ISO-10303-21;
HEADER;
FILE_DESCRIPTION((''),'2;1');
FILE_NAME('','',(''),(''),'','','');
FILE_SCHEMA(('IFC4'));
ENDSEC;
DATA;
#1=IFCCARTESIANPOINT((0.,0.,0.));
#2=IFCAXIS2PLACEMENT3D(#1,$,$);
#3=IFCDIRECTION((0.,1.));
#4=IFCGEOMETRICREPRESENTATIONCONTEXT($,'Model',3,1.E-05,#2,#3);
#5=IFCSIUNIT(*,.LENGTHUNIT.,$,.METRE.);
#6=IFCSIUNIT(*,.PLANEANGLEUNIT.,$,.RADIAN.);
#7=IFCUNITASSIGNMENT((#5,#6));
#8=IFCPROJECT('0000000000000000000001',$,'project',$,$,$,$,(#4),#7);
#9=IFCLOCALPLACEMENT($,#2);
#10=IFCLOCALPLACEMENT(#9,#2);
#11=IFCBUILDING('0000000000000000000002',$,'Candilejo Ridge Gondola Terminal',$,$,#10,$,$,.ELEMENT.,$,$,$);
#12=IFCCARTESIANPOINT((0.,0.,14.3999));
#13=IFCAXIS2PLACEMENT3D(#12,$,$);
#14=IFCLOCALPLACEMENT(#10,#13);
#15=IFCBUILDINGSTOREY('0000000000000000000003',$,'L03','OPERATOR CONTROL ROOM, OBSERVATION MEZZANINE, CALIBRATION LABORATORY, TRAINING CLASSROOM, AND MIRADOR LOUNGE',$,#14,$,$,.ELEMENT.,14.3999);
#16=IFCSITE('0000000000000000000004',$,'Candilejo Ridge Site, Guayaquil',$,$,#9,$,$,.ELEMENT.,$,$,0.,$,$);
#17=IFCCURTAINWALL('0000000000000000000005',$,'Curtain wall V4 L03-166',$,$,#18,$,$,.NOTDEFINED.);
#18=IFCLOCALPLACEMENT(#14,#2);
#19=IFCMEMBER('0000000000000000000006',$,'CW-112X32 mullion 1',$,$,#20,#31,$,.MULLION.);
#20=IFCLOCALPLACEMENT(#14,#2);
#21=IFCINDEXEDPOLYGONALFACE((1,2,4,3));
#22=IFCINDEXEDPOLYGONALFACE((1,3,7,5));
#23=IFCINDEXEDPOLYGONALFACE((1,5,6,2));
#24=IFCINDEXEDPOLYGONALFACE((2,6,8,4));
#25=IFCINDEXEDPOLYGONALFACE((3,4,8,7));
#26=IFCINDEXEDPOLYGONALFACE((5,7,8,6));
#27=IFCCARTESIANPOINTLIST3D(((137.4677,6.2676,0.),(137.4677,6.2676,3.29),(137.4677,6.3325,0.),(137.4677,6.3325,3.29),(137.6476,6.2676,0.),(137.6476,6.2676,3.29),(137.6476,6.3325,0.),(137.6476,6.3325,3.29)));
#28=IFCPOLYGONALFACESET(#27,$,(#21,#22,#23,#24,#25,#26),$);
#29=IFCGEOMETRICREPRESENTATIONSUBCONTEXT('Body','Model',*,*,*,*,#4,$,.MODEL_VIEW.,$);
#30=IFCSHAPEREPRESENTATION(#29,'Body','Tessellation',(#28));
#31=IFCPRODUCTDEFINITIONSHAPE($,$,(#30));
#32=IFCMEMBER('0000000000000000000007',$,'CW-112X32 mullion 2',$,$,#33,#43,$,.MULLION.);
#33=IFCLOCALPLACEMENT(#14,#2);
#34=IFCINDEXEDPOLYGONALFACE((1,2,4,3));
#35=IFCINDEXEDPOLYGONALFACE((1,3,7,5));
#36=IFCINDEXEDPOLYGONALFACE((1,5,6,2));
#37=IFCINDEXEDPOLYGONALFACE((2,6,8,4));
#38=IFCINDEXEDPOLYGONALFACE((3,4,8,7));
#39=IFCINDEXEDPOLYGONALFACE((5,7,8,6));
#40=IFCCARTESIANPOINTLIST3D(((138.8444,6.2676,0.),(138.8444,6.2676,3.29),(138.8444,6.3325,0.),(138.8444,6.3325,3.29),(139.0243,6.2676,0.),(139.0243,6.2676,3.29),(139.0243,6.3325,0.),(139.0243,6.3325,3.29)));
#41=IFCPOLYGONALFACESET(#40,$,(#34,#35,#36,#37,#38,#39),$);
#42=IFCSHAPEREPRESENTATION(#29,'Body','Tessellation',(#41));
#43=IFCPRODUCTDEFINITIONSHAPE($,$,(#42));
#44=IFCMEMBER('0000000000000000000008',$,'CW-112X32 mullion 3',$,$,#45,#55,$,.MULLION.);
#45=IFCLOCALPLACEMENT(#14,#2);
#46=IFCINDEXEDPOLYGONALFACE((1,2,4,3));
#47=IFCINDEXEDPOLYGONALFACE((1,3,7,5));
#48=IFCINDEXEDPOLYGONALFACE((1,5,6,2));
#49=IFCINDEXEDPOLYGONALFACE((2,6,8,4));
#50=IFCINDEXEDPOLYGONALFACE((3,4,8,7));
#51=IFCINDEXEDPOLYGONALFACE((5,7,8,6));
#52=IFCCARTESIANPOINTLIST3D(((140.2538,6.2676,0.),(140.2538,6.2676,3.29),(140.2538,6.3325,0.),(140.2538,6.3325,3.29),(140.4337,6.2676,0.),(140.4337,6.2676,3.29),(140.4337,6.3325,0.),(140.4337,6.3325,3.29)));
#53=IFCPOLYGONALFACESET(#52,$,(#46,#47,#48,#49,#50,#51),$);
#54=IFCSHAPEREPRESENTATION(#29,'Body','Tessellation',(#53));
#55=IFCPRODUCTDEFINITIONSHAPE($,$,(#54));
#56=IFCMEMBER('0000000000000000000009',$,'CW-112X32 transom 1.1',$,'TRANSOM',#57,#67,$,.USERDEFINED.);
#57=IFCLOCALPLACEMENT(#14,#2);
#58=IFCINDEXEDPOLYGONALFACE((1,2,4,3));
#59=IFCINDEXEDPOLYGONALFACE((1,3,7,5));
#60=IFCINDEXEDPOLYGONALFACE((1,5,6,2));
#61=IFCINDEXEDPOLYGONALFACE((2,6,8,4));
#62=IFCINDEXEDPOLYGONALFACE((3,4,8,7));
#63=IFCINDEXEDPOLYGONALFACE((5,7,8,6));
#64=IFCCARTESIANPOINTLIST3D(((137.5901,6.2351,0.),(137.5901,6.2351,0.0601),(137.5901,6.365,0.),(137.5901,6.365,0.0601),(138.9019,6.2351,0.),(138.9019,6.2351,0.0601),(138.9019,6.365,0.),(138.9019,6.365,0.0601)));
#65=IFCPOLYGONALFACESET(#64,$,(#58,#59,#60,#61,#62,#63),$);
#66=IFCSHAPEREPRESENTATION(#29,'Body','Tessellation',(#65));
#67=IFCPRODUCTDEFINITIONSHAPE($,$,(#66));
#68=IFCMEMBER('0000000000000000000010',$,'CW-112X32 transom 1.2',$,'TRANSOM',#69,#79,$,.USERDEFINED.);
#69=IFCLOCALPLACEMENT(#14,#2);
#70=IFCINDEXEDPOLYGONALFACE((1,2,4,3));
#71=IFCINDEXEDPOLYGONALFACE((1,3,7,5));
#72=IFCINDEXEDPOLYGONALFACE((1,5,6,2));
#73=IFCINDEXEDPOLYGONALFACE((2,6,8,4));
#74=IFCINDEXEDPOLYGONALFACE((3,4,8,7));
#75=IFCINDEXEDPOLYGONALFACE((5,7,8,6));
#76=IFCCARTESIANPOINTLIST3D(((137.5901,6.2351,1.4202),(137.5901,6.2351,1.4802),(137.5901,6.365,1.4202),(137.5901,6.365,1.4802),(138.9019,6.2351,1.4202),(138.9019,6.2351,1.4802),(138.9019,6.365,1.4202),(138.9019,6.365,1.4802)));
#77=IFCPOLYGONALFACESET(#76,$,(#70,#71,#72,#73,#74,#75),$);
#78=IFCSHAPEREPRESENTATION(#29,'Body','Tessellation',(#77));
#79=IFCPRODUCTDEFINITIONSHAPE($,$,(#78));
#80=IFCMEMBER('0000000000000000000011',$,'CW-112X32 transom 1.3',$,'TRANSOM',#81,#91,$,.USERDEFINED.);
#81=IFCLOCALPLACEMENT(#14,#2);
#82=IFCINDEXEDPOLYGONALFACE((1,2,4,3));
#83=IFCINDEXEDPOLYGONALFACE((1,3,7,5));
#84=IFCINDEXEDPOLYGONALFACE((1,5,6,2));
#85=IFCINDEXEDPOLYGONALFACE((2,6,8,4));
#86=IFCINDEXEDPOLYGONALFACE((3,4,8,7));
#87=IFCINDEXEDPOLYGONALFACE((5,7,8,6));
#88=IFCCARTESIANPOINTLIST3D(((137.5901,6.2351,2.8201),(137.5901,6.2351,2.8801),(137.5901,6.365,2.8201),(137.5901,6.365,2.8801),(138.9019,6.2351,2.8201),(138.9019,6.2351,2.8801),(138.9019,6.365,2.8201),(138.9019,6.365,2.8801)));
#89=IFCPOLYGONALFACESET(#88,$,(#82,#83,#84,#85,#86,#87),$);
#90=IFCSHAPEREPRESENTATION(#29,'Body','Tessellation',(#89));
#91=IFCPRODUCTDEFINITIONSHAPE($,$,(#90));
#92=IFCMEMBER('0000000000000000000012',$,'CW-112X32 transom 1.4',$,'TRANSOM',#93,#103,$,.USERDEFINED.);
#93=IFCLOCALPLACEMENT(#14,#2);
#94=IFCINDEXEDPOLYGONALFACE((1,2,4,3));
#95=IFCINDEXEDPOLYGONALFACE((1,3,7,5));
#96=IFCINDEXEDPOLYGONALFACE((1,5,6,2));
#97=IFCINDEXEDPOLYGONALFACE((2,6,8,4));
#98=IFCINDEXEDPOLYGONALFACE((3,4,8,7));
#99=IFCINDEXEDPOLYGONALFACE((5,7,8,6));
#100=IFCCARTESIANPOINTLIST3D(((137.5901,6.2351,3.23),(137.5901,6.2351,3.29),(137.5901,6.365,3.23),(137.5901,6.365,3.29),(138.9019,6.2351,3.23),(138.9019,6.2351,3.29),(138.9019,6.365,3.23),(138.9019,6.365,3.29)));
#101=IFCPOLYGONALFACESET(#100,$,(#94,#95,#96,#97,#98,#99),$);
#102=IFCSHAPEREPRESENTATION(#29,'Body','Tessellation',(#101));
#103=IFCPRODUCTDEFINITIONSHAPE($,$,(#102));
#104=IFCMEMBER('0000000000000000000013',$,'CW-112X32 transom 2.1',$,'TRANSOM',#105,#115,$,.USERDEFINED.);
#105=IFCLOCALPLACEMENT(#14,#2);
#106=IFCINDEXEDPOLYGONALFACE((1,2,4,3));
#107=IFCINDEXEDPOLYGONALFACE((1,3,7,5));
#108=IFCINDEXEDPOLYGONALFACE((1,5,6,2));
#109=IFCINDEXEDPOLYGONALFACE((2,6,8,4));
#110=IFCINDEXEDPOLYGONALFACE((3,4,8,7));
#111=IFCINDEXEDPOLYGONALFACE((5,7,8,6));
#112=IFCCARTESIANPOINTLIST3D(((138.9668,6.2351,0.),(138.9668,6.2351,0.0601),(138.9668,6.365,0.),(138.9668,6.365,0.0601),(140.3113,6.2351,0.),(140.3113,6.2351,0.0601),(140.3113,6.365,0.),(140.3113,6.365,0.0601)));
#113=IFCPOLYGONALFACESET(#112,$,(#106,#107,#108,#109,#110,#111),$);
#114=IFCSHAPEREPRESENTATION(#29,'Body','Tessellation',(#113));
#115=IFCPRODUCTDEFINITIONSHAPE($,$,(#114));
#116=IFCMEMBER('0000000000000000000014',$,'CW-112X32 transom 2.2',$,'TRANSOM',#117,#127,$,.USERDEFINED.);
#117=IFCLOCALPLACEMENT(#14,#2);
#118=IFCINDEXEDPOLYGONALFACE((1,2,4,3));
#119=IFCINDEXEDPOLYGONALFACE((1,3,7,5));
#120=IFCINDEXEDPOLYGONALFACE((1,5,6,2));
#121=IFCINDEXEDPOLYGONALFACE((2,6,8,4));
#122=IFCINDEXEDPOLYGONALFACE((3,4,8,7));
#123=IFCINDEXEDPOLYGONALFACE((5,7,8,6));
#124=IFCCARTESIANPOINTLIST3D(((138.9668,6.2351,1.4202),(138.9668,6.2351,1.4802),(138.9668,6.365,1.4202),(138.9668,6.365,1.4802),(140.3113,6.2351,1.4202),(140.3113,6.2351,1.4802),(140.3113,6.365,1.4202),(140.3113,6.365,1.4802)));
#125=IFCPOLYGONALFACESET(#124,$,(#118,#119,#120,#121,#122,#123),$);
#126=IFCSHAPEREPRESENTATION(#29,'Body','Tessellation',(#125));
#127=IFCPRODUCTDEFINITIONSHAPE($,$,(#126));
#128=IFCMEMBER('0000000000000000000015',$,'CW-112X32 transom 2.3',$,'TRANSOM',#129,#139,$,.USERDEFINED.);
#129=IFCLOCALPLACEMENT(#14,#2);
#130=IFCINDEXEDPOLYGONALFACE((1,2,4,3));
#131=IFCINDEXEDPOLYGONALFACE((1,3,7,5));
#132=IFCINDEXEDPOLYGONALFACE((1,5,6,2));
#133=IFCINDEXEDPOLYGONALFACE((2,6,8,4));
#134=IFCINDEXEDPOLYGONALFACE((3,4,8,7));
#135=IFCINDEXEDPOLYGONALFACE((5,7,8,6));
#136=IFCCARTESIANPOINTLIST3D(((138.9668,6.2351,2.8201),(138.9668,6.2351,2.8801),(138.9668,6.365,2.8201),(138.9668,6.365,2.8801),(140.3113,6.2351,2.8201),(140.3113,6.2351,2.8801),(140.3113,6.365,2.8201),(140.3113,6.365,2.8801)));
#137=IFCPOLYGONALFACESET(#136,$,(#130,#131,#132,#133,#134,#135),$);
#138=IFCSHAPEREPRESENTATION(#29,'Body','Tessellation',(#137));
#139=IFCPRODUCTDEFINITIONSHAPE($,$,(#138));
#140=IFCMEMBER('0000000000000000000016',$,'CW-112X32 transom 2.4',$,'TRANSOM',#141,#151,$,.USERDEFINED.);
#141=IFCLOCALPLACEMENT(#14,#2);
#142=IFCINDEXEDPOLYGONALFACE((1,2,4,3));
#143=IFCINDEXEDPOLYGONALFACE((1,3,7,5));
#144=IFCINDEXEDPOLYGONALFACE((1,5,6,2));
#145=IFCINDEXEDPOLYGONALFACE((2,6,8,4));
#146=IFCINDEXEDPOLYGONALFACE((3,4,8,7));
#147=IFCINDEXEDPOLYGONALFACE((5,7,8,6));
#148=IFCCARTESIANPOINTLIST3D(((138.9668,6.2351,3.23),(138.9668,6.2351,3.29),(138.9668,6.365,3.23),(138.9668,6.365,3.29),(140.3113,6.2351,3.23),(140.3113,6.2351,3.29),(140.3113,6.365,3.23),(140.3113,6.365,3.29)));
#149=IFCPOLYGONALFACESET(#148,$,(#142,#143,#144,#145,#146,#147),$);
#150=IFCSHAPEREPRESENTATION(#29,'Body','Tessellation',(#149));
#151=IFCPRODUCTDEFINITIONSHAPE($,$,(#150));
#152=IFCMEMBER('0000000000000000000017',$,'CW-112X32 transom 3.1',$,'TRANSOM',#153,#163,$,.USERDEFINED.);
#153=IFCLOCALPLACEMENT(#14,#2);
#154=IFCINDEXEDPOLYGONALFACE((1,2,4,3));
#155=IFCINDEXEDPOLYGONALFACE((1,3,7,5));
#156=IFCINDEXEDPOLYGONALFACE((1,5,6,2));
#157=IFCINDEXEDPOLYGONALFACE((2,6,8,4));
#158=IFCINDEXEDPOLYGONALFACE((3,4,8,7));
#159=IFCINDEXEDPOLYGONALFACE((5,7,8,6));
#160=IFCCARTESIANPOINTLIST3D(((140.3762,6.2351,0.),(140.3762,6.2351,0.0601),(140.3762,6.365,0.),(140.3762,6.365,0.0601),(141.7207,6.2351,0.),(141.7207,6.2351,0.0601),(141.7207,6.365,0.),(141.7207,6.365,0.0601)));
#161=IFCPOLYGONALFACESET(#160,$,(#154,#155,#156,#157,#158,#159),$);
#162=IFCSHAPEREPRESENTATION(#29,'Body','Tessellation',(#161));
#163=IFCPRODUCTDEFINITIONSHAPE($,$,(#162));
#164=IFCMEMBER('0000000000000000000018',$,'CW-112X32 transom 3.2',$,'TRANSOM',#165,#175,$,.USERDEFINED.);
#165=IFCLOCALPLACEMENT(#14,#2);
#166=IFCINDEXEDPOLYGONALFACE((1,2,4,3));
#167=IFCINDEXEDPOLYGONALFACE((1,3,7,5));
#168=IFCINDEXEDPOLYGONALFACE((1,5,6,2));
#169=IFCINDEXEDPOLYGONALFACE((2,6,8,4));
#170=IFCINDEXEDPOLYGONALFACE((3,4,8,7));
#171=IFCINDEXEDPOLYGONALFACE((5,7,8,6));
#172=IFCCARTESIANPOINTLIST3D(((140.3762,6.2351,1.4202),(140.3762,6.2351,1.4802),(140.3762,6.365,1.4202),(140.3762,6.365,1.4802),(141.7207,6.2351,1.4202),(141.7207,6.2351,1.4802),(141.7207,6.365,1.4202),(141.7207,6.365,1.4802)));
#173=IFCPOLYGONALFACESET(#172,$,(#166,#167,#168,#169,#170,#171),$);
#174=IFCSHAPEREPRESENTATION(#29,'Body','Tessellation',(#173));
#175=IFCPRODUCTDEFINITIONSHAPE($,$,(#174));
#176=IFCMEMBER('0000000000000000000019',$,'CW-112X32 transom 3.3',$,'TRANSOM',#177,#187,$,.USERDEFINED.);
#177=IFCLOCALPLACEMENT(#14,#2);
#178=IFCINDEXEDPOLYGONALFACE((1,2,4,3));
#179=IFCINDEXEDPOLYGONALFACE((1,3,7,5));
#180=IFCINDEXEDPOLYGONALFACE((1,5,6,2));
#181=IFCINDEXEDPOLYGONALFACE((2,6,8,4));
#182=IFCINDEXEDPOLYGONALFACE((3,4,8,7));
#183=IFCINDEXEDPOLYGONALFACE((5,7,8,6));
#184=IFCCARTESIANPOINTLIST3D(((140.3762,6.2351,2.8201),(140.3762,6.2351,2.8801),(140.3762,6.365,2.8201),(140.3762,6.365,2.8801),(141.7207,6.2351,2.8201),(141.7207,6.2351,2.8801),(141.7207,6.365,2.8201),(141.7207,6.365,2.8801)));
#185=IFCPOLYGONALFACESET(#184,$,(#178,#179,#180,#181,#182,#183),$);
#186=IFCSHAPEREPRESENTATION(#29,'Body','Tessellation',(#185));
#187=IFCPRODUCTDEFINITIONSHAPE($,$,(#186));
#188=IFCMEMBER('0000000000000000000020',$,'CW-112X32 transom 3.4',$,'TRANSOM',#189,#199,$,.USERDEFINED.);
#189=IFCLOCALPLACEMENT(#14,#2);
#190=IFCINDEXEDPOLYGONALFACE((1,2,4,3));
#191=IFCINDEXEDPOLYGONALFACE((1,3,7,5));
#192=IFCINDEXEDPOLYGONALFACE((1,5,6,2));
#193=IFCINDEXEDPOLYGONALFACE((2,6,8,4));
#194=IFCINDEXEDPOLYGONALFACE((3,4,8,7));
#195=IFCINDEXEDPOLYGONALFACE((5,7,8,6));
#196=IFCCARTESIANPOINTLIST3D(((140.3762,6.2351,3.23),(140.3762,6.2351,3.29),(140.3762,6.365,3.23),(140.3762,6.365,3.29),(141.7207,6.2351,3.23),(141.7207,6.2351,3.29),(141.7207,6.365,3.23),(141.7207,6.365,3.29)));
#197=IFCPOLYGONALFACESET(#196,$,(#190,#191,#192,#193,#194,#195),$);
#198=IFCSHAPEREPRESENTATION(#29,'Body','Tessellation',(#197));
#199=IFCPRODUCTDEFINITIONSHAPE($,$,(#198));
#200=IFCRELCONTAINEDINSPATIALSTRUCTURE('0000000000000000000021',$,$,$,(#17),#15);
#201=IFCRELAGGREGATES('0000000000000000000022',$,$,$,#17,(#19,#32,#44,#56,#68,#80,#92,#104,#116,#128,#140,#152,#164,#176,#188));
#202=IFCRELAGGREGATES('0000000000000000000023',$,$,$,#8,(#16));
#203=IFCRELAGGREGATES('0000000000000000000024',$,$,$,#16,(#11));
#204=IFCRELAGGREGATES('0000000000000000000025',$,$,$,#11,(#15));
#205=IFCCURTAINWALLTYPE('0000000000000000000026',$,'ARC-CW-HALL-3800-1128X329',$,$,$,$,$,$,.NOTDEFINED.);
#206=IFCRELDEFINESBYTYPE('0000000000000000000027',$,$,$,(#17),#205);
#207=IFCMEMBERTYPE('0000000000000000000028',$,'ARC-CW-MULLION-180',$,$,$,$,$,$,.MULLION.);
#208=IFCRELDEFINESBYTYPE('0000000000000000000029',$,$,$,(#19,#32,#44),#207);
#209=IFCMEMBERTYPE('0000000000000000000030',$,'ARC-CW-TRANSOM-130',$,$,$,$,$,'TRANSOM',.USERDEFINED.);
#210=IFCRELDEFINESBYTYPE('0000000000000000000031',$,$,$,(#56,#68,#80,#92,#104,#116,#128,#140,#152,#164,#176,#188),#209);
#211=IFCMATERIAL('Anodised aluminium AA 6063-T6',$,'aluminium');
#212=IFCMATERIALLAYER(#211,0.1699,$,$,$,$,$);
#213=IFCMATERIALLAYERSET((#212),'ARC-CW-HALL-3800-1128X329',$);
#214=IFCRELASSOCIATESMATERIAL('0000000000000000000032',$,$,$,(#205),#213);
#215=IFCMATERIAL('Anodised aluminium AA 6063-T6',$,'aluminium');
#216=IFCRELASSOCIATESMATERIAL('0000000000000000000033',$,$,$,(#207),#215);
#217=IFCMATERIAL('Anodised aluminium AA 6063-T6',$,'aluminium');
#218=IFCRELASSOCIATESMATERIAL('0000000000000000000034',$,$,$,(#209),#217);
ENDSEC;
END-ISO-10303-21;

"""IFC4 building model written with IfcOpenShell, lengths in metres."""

from ifc_helpers import new_model, si_unit, direction, frame, origin, origin_2d, place, context, subcontext, project, spatial, rectangle, extrude, material, layer, layer_set, material_profile, profile_set, type_object, element, aggregate, save


model = new_model("IFC4")

# Units and contexts
model_context = context("Model", 3, precision=1e-05, world=origin(), true_north=direction((0.0, 1.0)))
body_context = subcontext(model_context, "Body", "Model", "MODEL_VIEW")
ifc_project = project(units=[si_unit("LENGTHUNIT", "METRE"), si_unit("PLANEANGLEUNIT", "RADIAN")], contexts=[model_context])

# Site, building, storey
site_placement = place(None, origin())
site = spatial("IfcSite", under=ifc_project, at=site_placement, Name="Candilejo Ridge Site, Guayaquil", CompositionType="ELEMENT", RefElevation=0.0)
building_placement = place(site_placement, origin())
building = spatial("IfcBuilding", under=site, at=building_placement, Name="Candilejo Ridge Gondola Terminal", CompositionType="ELEMENT")
storey_placement = place(building_placement, frame((0.0, 0.0, 14.3999)))
storey = spatial("IfcBuildingStorey", under=building, at=storey_placement, Name="L03", Description="OPERATOR CONTROL ROOM, OBSERVATION MEZZANINE, CALIBRATION LABORATORY, TRAINING CLASSROOM, AND MIRADOR LOUNGE", CompositionType="ELEMENT", Elevation=14.3999)

# Curtain wall, members
ifc_material_1 = material(Name="Anodised aluminium AA 6063-T6", Category="aluminium")
ifc_layer_1 = layer(ifc_material_1, 0.1699)
ifc_layer_set_1 = layer_set([ifc_layer_1], Name="ARC-CW-HALL-3800-1128X329")
curtain_wall_type = type_object("IfcCurtainWallType", Name="ARC-CW-HALL-3800-1128X329", PredefinedType="NOTDEFINED", material=ifc_layer_set_1)
curtain_wall_placement = place(storey_placement, origin())
curtain_wall = element("IfcCurtainWall", 1, at=curtain_wall_placement, inside=storey, type_object=curtain_wall_type, Name="Curtain wall V4 L03-166", PredefinedType="NOTDEFINED")
ifc_material_2 = material(Name="Anodised aluminium AA 6063-T6", Category="aluminium")
ifc_material_profile_1 = material_profile(ifc_material_2, rectangle(XDim=0.0649, YDim=0.1799, at=origin_2d()))
ifc_profile_set_1 = profile_set([ifc_material_profile_1], Name="Anodised aluminium AA 6063-T6")
member_type_1 = type_object("IfcMemberType", Name="ARC-CW-MULLION-180", PredefinedType="MULLION", material=ifc_profile_set_1)
member_1_placement = place(storey_placement, frame((137.5576, 6.3, 0.0), z_axis=(0.0, 0.0, 1.0), x_axis=(0.0, 1.0, 0.0)))
member_1 = element("IfcMember", 2, at=member_1_placement, type_object=member_type_1, Name="CW-112X32 mullion 1", PredefinedType="MULLION", context=body_context, shape_type="SweptSolid", body=[
    extrude(rectangle(XDim=0.0649, YDim=0.1799, at=origin_2d()), origin(), (0.0, 0.0, 1.0), 3.29),
])
member_2_placement = place(storey_placement, frame((138.9343, 6.3, 0.0), z_axis=(0.0, 0.0, 1.0), x_axis=(0.0, 1.0, 0.0)))
member_2 = element("IfcMember", 3, at=member_2_placement, type_object=member_type_1, Name="CW-112X32 mullion 2", PredefinedType="MULLION", context=body_context, shape_type="SweptSolid", body=[
    extrude(rectangle(XDim=0.0649, YDim=0.1799, at=origin_2d()), origin(), (0.0, 0.0, 1.0), 3.29),
])
member_3_placement = place(storey_placement, frame((140.3438, 6.3, 0.0), z_axis=(0.0, 0.0, 1.0), x_axis=(0.0, 1.0, 0.0)))
member_3 = element("IfcMember", 4, at=member_3_placement, type_object=member_type_1, Name="CW-112X32 mullion 3", PredefinedType="MULLION", context=body_context, shape_type="SweptSolid", body=[
    extrude(rectangle(XDim=0.0649, YDim=0.1799, at=origin_2d()), origin(), (0.0, 0.0, 1.0), 3.29),
])
ifc_material_3 = material(Name="Anodised aluminium AA 6063-T6", Category="aluminium")
ifc_material_profile_2 = material_profile(ifc_material_3, rectangle(XDim=0.1299, YDim=0.0601, at=origin_2d()))
ifc_profile_set_2 = profile_set([ifc_material_profile_2], Name="Anodised aluminium AA 6063-T6")
member_type_2 = type_object("IfcMemberType", Name="ARC-CW-TRANSOM-130", ElementType="TRANSOM", PredefinedType="USERDEFINED", material=ifc_profile_set_2)
member_4_placement = place(storey_placement, frame((137.5901, 6.3, 0.03), z_axis=(1.0, 0.0, 0.0), x_axis=(0.0, 1.0, 0.0)))
member_4 = element("IfcMember", 5, at=member_4_placement, type_object=member_type_2, Name="CW-112X32 transom 1.1", ObjectType="TRANSOM", PredefinedType="USERDEFINED", context=body_context, shape_type="SweptSolid", body=[
    extrude(rectangle(XDim=0.1299, YDim=0.0601, at=origin_2d()), origin(), (0.0, 0.0, 1.0), 1.3118),
])
member_5_placement = place(storey_placement, frame((137.5901, 6.3, 1.4502), z_axis=(1.0, 0.0, 0.0), x_axis=(0.0, 1.0, 0.0)))
member_5 = element("IfcMember", 6, at=member_5_placement, type_object=member_type_2, Name="CW-112X32 transom 1.2", ObjectType="TRANSOM", PredefinedType="USERDEFINED", context=body_context, shape_type="SweptSolid", body=[
    extrude(rectangle(XDim=0.1299, YDim=0.0601, at=origin_2d()), origin(), (0.0, 0.0, 1.0), 1.3118),
])
member_6_placement = place(storey_placement, frame((137.5901, 6.3, 2.8501), z_axis=(1.0, 0.0, 0.0), x_axis=(0.0, 1.0, 0.0)))
member_6 = element("IfcMember", 7, at=member_6_placement, type_object=member_type_2, Name="CW-112X32 transom 1.3", ObjectType="TRANSOM", PredefinedType="USERDEFINED", context=body_context, shape_type="SweptSolid", body=[
    extrude(rectangle(XDim=0.1299, YDim=0.0601, at=origin_2d()), origin(), (0.0, 0.0, 1.0), 1.3118),
])
member_7_placement = place(storey_placement, frame((137.5901, 6.3, 3.26), z_axis=(1.0, 0.0, 0.0), x_axis=(0.0, 1.0, 0.0)))
member_7 = element("IfcMember", 8, at=member_7_placement, type_object=member_type_2, Name="CW-112X32 transom 1.4", ObjectType="TRANSOM", PredefinedType="USERDEFINED", context=body_context, shape_type="SweptSolid", body=[
    extrude(rectangle(XDim=0.1299, YDim=0.0601, at=origin_2d()), origin(), (0.0, 0.0, 1.0), 1.3118),
])
member_8_placement = place(storey_placement, frame((138.9668, 6.3, 0.03), z_axis=(1.0, 0.0, 0.0), x_axis=(0.0, 1.0, 0.0)))
member_8 = element("IfcMember", 9, at=member_8_placement, type_object=member_type_2, Name="CW-112X32 transom 2.1", ObjectType="TRANSOM", PredefinedType="USERDEFINED", context=body_context, shape_type="SweptSolid", body=[
    extrude(rectangle(XDim=0.1299, YDim=0.0601, at=origin_2d()), origin(), (0.0, 0.0, 1.0), 1.3445),
])
member_9_placement = place(storey_placement, frame((138.9668, 6.3, 1.4502), z_axis=(1.0, 0.0, 0.0), x_axis=(0.0, 1.0, 0.0)))
member_9 = element("IfcMember", 10, at=member_9_placement, type_object=member_type_2, Name="CW-112X32 transom 2.2", ObjectType="TRANSOM", PredefinedType="USERDEFINED", context=body_context, shape_type="SweptSolid", body=[
    extrude(rectangle(XDim=0.1299, YDim=0.0601, at=origin_2d()), origin(), (0.0, 0.0, 1.0), 1.3445),
])
member_10_placement = place(storey_placement, frame((138.9668, 6.3, 2.8501), z_axis=(1.0, 0.0, 0.0), x_axis=(0.0, 1.0, 0.0)))
member_10 = element("IfcMember", 11, at=member_10_placement, type_object=member_type_2, Name="CW-112X32 transom 2.3", ObjectType="TRANSOM", PredefinedType="USERDEFINED", context=body_context, shape_type="SweptSolid", body=[
    extrude(rectangle(XDim=0.1299, YDim=0.0601, at=origin_2d()), origin(), (0.0, 0.0, 1.0), 1.3445),
])
member_11_placement = place(storey_placement, frame((138.9668, 6.3, 3.26), z_axis=(1.0, 0.0, 0.0), x_axis=(0.0, 1.0, 0.0)))
member_11 = element("IfcMember", 12, at=member_11_placement, type_object=member_type_2, Name="CW-112X32 transom 2.4", ObjectType="TRANSOM", PredefinedType="USERDEFINED", context=body_context, shape_type="SweptSolid", body=[
    extrude(rectangle(XDim=0.1299, YDim=0.0601, at=origin_2d()), origin(), (0.0, 0.0, 1.0), 1.3445),
])
member_12_placement = place(storey_placement, frame((140.3762, 6.3, 0.03), z_axis=(1.0, 0.0, 0.0), x_axis=(0.0, 1.0, 0.0)))
member_12 = element("IfcMember", 13, at=member_12_placement, type_object=member_type_2, Name="CW-112X32 transom 3.1", ObjectType="TRANSOM", PredefinedType="USERDEFINED", context=body_context, shape_type="SweptSolid", body=[
    extrude(rectangle(XDim=0.1299, YDim=0.0601, at=origin_2d()), origin(), (0.0, 0.0, 1.0), 1.3445),
])
member_13_placement = place(storey_placement, frame((140.3762, 6.3, 1.4502), z_axis=(1.0, 0.0, 0.0), x_axis=(0.0, 1.0, 0.0)))
member_13 = element("IfcMember", 14, at=member_13_placement, type_object=member_type_2, Name="CW-112X32 transom 3.2", ObjectType="TRANSOM", PredefinedType="USERDEFINED", context=body_context, shape_type="SweptSolid", body=[
    extrude(rectangle(XDim=0.1299, YDim=0.0601, at=origin_2d()), origin(), (0.0, 0.0, 1.0), 1.3445),
])
member_14_placement = place(storey_placement, frame((140.3762, 6.3, 2.8501), z_axis=(1.0, 0.0, 0.0), x_axis=(0.0, 1.0, 0.0)))
member_14 = element("IfcMember", 15, at=member_14_placement, type_object=member_type_2, Name="CW-112X32 transom 3.3", ObjectType="TRANSOM", PredefinedType="USERDEFINED", context=body_context, shape_type="SweptSolid", body=[
    extrude(rectangle(XDim=0.1299, YDim=0.0601, at=origin_2d()), origin(), (0.0, 0.0, 1.0), 1.3445),
])
member_15_placement = place(storey_placement, frame((140.3762, 6.3, 3.26), z_axis=(1.0, 0.0, 0.0), x_axis=(0.0, 1.0, 0.0)))
member_15 = element("IfcMember", 16, at=member_15_placement, type_object=member_type_2, Name="CW-112X32 transom 3.4", ObjectType="TRANSOM", PredefinedType="USERDEFINED", context=body_context, shape_type="SweptSolid", body=[
    extrude(rectangle(XDim=0.1299, YDim=0.0601, at=origin_2d()), origin(), (0.0, 0.0, 1.0), 1.3445),
])
aggregate(curtain_wall, [member_1, member_2, member_3, member_4, member_5, member_6, member_7, member_8, member_9, member_10, member_11, member_12, member_13, member_14, member_15])

save(model, "model.ifc")
